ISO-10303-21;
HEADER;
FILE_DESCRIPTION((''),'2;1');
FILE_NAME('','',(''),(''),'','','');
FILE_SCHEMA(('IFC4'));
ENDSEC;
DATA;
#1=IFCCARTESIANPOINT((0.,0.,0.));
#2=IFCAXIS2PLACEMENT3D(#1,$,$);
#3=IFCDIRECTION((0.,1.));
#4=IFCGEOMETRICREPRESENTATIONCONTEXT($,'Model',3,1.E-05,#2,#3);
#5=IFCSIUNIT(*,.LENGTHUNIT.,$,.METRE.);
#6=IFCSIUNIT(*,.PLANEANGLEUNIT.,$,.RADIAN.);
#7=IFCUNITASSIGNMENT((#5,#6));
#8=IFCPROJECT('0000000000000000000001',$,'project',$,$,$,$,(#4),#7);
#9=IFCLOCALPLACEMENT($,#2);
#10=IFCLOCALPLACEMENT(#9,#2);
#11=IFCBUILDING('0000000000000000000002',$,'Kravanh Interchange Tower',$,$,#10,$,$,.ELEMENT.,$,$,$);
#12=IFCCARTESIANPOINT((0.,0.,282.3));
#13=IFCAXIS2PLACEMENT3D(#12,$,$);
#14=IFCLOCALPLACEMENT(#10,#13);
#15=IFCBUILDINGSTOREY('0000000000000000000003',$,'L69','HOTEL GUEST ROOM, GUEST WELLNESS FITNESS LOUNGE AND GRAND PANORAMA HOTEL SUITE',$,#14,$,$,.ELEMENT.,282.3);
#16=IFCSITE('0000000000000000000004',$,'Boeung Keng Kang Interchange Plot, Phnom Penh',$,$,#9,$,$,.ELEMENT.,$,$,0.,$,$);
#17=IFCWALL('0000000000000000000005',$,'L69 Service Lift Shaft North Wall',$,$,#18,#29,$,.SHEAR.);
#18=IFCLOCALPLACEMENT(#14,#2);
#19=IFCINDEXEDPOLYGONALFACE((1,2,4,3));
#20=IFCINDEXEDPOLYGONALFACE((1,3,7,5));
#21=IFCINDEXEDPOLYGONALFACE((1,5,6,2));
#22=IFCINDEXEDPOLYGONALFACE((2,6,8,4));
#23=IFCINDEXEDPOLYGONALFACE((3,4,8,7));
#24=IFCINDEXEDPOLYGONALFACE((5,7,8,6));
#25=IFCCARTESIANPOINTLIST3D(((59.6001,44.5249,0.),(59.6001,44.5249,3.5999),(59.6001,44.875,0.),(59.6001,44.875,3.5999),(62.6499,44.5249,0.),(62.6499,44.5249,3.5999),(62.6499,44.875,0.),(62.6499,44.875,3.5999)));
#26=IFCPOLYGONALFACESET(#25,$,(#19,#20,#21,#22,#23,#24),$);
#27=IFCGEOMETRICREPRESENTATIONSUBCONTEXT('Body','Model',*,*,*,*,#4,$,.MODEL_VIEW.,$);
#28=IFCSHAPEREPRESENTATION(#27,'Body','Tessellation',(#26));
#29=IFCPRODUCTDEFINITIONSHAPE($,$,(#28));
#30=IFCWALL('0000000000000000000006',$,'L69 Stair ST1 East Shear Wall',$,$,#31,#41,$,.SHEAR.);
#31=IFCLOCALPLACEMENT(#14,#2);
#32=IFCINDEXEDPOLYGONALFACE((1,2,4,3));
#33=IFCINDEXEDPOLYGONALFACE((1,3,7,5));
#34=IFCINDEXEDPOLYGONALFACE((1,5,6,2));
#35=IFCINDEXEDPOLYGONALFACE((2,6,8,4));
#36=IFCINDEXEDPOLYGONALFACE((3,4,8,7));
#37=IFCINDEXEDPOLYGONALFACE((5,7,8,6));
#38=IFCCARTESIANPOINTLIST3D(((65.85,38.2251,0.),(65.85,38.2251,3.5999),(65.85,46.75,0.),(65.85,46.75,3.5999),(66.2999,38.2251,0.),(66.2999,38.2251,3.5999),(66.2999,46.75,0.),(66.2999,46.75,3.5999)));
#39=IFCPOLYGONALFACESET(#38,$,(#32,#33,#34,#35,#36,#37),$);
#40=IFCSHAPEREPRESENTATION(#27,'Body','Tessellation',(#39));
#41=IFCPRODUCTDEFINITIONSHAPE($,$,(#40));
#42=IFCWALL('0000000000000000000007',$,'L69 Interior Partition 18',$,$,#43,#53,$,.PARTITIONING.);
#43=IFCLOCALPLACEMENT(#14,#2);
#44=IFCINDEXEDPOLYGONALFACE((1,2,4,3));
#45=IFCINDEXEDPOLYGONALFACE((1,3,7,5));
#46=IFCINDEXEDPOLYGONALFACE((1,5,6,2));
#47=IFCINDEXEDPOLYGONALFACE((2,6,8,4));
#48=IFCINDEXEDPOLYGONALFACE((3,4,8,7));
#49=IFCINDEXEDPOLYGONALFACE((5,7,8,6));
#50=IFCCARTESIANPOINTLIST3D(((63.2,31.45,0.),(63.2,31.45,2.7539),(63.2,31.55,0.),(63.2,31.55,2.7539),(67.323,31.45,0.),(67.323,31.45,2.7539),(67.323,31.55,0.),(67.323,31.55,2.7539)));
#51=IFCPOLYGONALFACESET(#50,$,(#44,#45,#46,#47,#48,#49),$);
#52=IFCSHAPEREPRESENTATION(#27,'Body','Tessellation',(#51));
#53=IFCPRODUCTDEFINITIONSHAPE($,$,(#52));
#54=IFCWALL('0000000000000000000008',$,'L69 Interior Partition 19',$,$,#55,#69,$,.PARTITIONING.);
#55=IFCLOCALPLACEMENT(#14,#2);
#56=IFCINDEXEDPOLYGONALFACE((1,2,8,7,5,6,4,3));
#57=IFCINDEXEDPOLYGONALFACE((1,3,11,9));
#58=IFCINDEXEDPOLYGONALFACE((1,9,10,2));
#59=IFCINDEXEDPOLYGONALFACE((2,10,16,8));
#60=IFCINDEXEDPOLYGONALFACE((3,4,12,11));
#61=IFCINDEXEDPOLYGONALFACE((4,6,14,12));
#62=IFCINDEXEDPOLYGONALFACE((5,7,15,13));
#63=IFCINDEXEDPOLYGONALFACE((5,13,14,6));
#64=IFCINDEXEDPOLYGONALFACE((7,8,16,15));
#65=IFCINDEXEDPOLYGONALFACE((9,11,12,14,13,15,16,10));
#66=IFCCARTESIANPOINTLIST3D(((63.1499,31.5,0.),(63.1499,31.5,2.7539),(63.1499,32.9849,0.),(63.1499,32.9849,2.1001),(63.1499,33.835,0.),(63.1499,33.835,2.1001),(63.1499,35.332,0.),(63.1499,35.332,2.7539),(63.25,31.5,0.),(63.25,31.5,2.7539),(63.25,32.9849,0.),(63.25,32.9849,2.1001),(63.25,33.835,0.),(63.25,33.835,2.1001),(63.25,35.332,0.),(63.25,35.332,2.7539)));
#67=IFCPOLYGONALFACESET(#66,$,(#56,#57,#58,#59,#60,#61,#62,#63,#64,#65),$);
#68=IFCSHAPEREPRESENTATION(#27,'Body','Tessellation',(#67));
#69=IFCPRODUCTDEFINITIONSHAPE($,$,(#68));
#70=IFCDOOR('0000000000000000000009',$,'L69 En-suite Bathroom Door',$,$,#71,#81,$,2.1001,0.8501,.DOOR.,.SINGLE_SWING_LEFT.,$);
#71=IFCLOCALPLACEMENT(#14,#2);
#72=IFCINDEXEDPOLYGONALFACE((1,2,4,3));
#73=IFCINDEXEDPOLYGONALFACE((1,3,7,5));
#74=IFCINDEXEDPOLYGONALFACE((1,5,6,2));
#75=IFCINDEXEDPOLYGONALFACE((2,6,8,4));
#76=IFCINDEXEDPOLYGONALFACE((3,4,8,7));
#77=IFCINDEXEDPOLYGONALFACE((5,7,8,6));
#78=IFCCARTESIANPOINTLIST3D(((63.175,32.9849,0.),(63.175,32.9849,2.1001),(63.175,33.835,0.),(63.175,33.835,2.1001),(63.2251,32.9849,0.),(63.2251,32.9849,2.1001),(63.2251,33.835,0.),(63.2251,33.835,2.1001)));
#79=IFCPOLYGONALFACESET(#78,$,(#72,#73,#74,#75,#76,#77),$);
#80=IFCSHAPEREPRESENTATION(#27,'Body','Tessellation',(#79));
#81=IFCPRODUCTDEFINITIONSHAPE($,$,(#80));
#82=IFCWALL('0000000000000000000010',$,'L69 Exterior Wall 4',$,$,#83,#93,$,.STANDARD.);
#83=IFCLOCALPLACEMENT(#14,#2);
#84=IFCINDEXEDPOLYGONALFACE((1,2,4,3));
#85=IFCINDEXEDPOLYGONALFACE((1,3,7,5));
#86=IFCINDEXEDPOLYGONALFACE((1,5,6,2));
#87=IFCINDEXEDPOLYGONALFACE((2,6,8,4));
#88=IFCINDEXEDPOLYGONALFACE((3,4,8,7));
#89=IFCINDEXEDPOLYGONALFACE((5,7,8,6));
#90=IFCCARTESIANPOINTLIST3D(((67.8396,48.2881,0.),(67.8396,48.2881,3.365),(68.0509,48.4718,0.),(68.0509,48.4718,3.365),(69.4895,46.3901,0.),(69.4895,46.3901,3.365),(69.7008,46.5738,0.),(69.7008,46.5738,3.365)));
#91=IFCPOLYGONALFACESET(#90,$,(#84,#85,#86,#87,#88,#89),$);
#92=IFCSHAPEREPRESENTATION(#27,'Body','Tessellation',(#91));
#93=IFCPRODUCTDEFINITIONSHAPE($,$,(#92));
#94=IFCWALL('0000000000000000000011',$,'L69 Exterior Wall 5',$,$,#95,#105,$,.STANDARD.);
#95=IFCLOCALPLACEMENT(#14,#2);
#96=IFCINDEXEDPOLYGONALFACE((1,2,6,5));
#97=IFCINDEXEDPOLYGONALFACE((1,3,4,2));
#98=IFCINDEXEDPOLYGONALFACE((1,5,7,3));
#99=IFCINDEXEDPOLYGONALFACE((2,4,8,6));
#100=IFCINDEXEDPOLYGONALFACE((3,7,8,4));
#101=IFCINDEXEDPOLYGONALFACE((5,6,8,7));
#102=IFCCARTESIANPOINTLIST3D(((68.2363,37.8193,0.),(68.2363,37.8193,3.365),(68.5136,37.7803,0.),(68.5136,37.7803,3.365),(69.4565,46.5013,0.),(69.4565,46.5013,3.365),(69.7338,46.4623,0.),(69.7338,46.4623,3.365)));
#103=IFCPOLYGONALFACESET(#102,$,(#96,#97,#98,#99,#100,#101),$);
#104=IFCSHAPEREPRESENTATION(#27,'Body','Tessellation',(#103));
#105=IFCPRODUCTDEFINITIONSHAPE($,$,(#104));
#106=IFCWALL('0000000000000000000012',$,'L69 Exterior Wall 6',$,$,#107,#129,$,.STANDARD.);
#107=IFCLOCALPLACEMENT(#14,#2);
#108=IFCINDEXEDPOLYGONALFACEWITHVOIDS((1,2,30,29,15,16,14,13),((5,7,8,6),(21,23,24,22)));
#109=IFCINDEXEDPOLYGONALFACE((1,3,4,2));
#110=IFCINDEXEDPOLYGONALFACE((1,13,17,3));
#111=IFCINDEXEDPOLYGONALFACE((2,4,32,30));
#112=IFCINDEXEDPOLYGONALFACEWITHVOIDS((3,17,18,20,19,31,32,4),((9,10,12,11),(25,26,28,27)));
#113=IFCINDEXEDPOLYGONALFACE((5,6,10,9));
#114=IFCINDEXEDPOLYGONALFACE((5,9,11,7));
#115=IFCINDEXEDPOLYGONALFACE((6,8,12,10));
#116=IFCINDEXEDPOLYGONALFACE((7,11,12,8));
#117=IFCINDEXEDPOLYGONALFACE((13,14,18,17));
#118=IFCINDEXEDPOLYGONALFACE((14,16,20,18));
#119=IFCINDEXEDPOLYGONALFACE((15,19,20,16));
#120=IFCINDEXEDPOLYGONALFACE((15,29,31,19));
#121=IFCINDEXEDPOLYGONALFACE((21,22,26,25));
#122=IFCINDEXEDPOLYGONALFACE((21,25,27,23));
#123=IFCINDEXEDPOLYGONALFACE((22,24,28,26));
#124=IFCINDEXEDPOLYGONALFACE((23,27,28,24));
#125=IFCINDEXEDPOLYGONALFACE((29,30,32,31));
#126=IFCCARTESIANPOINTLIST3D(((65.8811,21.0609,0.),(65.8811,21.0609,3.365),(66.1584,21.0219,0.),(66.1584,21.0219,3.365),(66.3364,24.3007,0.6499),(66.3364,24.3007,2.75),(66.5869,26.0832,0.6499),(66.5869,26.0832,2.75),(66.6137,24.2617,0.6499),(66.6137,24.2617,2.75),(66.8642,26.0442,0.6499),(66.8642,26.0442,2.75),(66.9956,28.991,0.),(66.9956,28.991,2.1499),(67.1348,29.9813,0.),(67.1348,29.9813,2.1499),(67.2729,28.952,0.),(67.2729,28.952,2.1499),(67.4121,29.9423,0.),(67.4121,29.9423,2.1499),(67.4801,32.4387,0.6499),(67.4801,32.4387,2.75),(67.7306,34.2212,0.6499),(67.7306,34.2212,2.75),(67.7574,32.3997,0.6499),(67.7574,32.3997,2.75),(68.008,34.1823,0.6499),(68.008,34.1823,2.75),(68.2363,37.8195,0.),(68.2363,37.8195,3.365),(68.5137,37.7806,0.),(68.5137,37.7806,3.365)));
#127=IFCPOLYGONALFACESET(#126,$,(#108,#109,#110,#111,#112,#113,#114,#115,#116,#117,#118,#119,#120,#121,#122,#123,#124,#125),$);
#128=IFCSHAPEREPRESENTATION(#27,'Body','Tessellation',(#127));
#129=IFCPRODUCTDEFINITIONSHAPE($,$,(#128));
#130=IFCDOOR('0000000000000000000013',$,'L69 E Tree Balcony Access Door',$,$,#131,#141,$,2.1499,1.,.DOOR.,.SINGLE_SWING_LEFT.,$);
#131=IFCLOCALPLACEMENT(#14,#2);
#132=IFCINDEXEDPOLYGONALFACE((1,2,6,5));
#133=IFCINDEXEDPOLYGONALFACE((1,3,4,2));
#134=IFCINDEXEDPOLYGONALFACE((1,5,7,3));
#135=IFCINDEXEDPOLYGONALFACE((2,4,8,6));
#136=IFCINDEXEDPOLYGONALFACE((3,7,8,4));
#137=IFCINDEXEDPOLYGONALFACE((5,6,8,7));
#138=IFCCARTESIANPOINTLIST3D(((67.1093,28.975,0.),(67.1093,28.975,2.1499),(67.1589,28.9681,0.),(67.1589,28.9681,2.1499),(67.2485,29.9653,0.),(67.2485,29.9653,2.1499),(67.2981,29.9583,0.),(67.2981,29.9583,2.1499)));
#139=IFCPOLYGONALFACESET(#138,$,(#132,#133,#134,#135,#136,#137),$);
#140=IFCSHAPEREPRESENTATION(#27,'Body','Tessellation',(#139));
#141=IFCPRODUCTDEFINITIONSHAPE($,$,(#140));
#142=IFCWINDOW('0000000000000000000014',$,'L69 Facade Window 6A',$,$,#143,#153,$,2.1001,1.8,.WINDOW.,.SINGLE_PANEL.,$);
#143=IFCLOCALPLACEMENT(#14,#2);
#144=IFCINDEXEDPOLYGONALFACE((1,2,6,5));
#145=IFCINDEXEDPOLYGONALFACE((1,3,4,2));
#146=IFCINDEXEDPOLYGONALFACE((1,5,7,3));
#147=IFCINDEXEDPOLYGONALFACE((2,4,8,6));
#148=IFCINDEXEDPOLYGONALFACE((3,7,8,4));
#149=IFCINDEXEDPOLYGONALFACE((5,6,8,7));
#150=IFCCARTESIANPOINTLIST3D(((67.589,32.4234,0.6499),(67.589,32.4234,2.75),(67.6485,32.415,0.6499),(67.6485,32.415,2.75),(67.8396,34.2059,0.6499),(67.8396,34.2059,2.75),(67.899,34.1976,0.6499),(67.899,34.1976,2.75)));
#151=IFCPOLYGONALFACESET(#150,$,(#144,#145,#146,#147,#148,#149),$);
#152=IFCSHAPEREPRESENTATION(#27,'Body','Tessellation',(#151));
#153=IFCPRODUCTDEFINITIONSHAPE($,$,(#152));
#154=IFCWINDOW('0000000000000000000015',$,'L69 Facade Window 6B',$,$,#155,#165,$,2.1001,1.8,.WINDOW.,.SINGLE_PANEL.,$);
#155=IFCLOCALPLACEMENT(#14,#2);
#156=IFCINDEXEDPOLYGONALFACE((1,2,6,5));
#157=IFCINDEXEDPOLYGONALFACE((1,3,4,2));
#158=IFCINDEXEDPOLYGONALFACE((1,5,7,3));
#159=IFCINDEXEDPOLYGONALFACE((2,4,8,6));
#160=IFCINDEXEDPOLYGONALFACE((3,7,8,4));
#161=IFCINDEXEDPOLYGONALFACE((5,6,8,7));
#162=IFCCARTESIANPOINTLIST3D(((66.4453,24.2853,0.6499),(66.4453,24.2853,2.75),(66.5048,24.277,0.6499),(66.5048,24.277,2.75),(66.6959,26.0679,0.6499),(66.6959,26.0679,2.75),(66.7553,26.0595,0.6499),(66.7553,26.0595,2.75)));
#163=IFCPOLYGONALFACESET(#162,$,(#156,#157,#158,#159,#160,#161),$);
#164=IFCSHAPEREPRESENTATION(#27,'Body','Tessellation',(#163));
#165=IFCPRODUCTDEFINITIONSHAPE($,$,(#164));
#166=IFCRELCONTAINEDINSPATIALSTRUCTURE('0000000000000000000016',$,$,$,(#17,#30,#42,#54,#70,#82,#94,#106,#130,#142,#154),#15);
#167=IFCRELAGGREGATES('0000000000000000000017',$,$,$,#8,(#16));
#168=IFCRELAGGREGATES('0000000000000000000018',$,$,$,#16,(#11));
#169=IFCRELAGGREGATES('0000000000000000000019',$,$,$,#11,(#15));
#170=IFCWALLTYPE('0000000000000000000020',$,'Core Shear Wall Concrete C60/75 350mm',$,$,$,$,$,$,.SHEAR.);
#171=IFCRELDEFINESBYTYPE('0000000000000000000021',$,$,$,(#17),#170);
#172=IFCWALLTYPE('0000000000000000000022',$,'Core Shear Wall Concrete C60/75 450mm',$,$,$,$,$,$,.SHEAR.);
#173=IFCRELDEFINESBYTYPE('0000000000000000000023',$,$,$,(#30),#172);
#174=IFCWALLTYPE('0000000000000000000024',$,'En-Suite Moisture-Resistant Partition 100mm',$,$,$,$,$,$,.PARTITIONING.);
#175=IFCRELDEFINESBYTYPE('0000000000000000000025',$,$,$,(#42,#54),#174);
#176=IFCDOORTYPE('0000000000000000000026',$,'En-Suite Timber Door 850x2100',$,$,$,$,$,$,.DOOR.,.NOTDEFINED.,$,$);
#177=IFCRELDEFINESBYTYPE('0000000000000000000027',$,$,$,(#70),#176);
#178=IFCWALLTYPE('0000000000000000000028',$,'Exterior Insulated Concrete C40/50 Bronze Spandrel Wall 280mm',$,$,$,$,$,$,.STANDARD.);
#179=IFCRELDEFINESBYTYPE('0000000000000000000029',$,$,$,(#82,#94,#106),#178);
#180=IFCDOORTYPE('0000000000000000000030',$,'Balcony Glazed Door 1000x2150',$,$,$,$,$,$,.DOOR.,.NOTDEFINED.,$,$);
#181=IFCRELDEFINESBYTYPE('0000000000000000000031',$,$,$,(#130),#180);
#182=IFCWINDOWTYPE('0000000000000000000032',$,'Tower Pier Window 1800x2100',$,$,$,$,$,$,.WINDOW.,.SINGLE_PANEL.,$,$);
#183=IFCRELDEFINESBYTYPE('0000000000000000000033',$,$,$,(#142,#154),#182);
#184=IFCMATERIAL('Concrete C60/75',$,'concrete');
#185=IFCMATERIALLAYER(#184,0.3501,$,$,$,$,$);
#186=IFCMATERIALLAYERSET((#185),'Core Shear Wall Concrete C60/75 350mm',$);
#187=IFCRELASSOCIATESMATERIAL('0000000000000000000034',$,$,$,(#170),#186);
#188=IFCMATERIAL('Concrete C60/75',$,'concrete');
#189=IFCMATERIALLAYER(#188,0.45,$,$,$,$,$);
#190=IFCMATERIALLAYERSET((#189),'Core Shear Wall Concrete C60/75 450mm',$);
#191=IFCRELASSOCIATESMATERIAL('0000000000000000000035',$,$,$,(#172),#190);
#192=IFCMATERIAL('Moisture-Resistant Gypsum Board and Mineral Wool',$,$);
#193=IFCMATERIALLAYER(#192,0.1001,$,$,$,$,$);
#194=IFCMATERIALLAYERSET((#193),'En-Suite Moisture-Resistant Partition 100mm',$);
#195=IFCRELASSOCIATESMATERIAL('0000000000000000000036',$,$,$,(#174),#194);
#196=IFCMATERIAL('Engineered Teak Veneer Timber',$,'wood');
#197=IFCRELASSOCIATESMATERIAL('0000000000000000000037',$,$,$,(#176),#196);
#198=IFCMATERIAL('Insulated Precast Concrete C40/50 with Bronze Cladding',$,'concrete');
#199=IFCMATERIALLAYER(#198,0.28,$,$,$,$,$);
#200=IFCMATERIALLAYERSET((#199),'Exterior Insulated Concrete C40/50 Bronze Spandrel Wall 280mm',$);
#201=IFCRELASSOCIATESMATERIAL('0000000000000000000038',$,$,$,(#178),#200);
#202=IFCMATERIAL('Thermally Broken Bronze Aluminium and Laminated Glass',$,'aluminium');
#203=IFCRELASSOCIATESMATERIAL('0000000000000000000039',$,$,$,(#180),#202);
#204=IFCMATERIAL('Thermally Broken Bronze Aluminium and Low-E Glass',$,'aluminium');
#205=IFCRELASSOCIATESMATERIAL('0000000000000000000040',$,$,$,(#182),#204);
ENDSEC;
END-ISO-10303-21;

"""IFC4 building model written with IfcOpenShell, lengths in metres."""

from ifc_helpers import new_model, si_unit, direction, frame, frame_2d, origin, place, context, subcontext, project, spatial, rectangle, extrude, material, layer, layer_set, type_object, element, fill, save


model = new_model("IFC4")

# Units and contexts
model_context = context("Model", 3, precision=1e-05, world=origin(), true_north=direction((0.0, 1.0)))
body_context = subcontext(model_context, "Body", "Model", "MODEL_VIEW")
ifc_project = project(units=[si_unit("LENGTHUNIT", "METRE"), si_unit("PLANEANGLEUNIT", "RADIAN")], contexts=[model_context])

# Site, building, storey
site_placement = place(None, origin())
site = spatial("IfcSite", under=ifc_project, at=site_placement, Name="Boeung Keng Kang Interchange Plot, Phnom Penh", CompositionType="ELEMENT", RefElevation=0.0)
building_placement = place(site_placement, origin())
building = spatial("IfcBuilding", under=site, at=building_placement, Name="Kravanh Interchange Tower", CompositionType="ELEMENT")
storey_placement = place(building_placement, frame((0.0, 0.0, 282.3)))
storey = spatial("IfcBuildingStorey", under=building, at=storey_placement, Name="L69", Description="HOTEL GUEST ROOM, GUEST WELLNESS FITNESS LOUNGE AND GRAND PANORAMA HOTEL SUITE", CompositionType="ELEMENT", Elevation=282.3)

# Shared definitions
ifc_material_1 = material(Name="Concrete C60/75", Category="concrete")
ifc_layer_1 = layer(ifc_material_1, 0.3501)
ifc_layer_set_1 = layer_set([ifc_layer_1], Name="Core Shear Wall Concrete C60/75 350mm")
wall_type_1 = type_object("IfcWallType", Name="Core Shear Wall Concrete C60/75 350mm", PredefinedType="SHEAR", material=ifc_layer_set_1)

# Walls
wall_1_placement = place(storey_placement, frame((59.6001, 44.7, 0.0), z_axis=(0.0, 0.0, 1.0), x_axis=(1.0, 0.0, 0.0)))
element("IfcWall", 1, at=wall_1_placement, inside=storey, type_object=wall_type_1, Name="L69 Service Lift Shaft North Wall", PredefinedType="SHEAR", context=body_context, shape_type="SweptSolid", body=[
    extrude(rectangle(XDim=3.0498, YDim=0.3501, at=frame_2d((1.5249, 0.0))), origin(), (0.0, 0.0, 1.0), 3.5999),
])
ifc_material_2 = material(Name="Concrete C60/75", Category="concrete")
ifc_layer_2 = layer(ifc_material_2, 0.45)
ifc_layer_set_2 = layer_set([ifc_layer_2], Name="Core Shear Wall Concrete C60/75 450mm")
wall_type_2 = type_object("IfcWallType", Name="Core Shear Wall Concrete C60/75 450mm", PredefinedType="SHEAR", material=ifc_layer_set_2)
wall_2_placement = place(storey_placement, frame((66.075, 38.2251, 0.0), z_axis=(0.0, 0.0, 1.0), x_axis=(0.0, 1.0, 0.0)))
element("IfcWall", 2, at=wall_2_placement, inside=storey, type_object=wall_type_2, Name="L69 Stair ST1 East Shear Wall", PredefinedType="SHEAR", context=body_context, shape_type="SweptSolid", body=[
    extrude(rectangle(XDim=8.5249, YDim=0.45, at=frame_2d((4.2625, 0.0))), origin(), (0.0, 0.0, 1.0), 3.5999),
])
ifc_material_3 = material(Name="Moisture-Resistant Gypsum Board and Mineral Wool")
ifc_layer_3 = layer(ifc_material_3, 0.1001)
ifc_layer_set_3 = layer_set([ifc_layer_3], Name="En-Suite Moisture-Resistant Partition 100mm")
wall_type_3 = type_object("IfcWallType", Name="En-Suite Moisture-Resistant Partition 100mm", PredefinedType="PARTITIONING", material=ifc_layer_set_3)
wall_3_placement = place(storey_placement, frame((63.2, 31.5, 0.0), z_axis=(0.0, 0.0, 1.0), x_axis=(1.0, 0.0, 0.0)))
element("IfcWall", 3, at=wall_3_placement, inside=storey, type_object=wall_type_3, Name="L69 Interior Partition 18", PredefinedType="PARTITIONING", context=body_context, shape_type="SweptSolid", body=[
    extrude(rectangle(XDim=4.123, YDim=0.1001, at=frame_2d((2.0615, 0.0))), origin(), (0.0, 0.0, 1.0), 2.7539),
])

# Wall, opening, door
wall_4_placement = place(storey_placement, frame((63.2, 31.5, 0.0), z_axis=(0.0, 0.0, 1.0), x_axis=(0.0, 1.0, 0.0)))
wall_4 = element("IfcWall", 4, at=wall_4_placement, inside=storey, type_object=wall_type_3, Name="L69 Interior Partition 19", PredefinedType="PARTITIONING", context=body_context, shape_type="SweptSolid", body=[
    extrude(rectangle(XDim=3.832, YDim=0.1001, at=frame_2d((1.916, 0.0))), origin(), (0.0, 0.0, 1.0), 2.7539),
])
opening_1_placement = place(wall_4_placement, frame((1.4849, 0.0, 0.0)))
opening_1 = element("IfcOpeningElement", 5, at=opening_1_placement, cuts=wall_4, PredefinedType="OPENING", context=body_context, shape_type="SweptSolid", body=[
    extrude(rectangle(XDim=0.8501, YDim=2.1001, at=frame_2d((0.425, 1.05))), frame((0.0, 0.0601, 0.0), z_axis=(0.0, -1.0, 0.0), x_axis=(1.0, 0.0, 0.0)), (0.0, 0.0, 1.0), 0.1201),
])
ifc_material_4 = material(Name="Engineered Teak Veneer Timber", Category="wood")
door_type_1 = type_object("IfcDoorType", Name="En-Suite Timber Door 850x2100", OperationType="NOTDEFINED", PredefinedType="DOOR", material=ifc_material_4)
door_1_placement = place(opening_1_placement, origin())
door_1 = element("IfcDoor", 6, at=door_1_placement, inside=storey, type_object=door_type_1, Name="L69 En-suite Bathroom Door", OperationType="SINGLE_SWING_LEFT", OverallHeight=2.1001, OverallWidth=0.8501, PredefinedType="DOOR", context=body_context, shape_type="SweptSolid", body=[
    extrude(rectangle(XDim=0.8501, YDim=2.1001, at=frame_2d((0.425, 1.05))), frame((0.0, 0.0249, 0.0), z_axis=(0.0, -1.0, 0.0), x_axis=(1.0, 0.0, 0.0)), (0.0, 0.0, 1.0), 0.05),
])
fill(opening_1, door_1)

# Walls
ifc_material_5 = material(Name="Insulated Precast Concrete C40/50 with Bronze Cladding", Category="concrete")
ifc_layer_4 = layer(ifc_material_5, 0.28)
ifc_layer_set_4 = layer_set([ifc_layer_4], Name="Exterior Insulated Concrete C40/50 Bronze Spandrel Wall 280mm")
wall_type_4 = type_object("IfcWallType", Name="Exterior Insulated Concrete C40/50 Bronze Spandrel Wall 280mm", PredefinedType="STANDARD", material=ifc_layer_set_4)
wall_5_placement = place(storey_placement, frame((67.9453, 48.3799, 0.0), z_axis=(0.0, 0.0, 1.0), x_axis=(0.656068, -0.754702, 0.0)))
element("IfcWall", 7, at=wall_5_placement, inside=storey, type_object=wall_type_4, Name="L69 Exterior Wall 4", PredefinedType="STANDARD", context=body_context, shape_type="SweptSolid", body=[
    extrude(rectangle(XDim=2.5149, YDim=0.28, at=frame_2d((1.2573, 0.0))), origin(), (0.0, 0.0, 1.0), 3.365),
])
wall_6_placement = place(storey_placement, frame((69.5952, 46.4819, 0.0), z_axis=(0.0, 0.0, 1.0), x_axis=(-0.139179, -0.990267, 0.0)))
element("IfcWall", 8, at=wall_6_placement, inside=storey, type_object=wall_type_4, Name="L69 Exterior Wall 5", PredefinedType="STANDARD", context=body_context, shape_type="SweptSolid", body=[
    extrude(rectangle(XDim=8.7673, YDim=0.28, at=frame_2d((4.3838, 0.0))), origin(), (0.0, 0.0, 1.0), 3.365),
])

# Wall, openings, door, windows
wall_7_placement = place(storey_placement, frame((68.375, 37.8, 0.0), z_axis=(0.0, 0.0, 1.0), x_axis=(-0.139171, -0.990268, 0.0)))
wall_7 = element("IfcWall", 9, at=wall_7_placement, inside=storey, type_object=wall_type_4, Name="L69 Exterior Wall 6", PredefinedType="STANDARD", context=body_context, shape_type="SweptSolid", body=[
    extrude(rectangle(XDim=16.9233, YDim=0.28, at=frame_2d((8.4617, 0.0))), origin(), (0.0, 0.0, 1.0), 3.365),
])
opening_2_placement = place(wall_7_placement, frame((7.9153, 0.0, 0.0)))
opening_2 = element("IfcOpeningElement", 10, at=opening_2_placement, cuts=wall_7, PredefinedType="OPENING", context=body_context, shape_type="SweptSolid", body=[
    extrude(rectangle(XDim=1.0, YDim=2.1499, at=frame_2d((0.5, 1.075))), frame((0.0, 0.1499, 0.0), z_axis=(0.0, -1.0, 0.0), x_axis=(1.0, 0.0, 0.0)), (0.0, 0.0, 1.0), 0.3),
])
opening_3_placement = place(wall_7_placement, frame((3.6338, 0.0, 0.6499)))
opening_3 = element("IfcOpeningElement", 11, at=opening_3_placement, cuts=wall_7, PredefinedType="OPENING", context=body_context, shape_type="SweptSolid", body=[
    extrude(rectangle(XDim=1.8, YDim=2.1001, at=frame_2d((0.8999, 1.05))), frame((0.0, 0.1499, 0.0), z_axis=(0.0, -1.0, 0.0), x_axis=(1.0, 0.0, 0.0)), (0.0, 0.0, 1.0), 0.3),
])
opening_4_placement = place(wall_7_placement, frame((11.8518, 0.0, 0.6499)))
opening_4 = element("IfcOpeningElement", 12, at=opening_4_placement, cuts=wall_7, PredefinedType="OPENING", context=body_context, shape_type="SweptSolid", body=[
    extrude(rectangle(XDim=1.8, YDim=2.1001, at=frame_2d((0.8999, 1.05))), frame((0.0, 0.1499, 0.0), z_axis=(0.0, -1.0, 0.0), x_axis=(1.0, 0.0, 0.0)), (0.0, 0.0, 1.0), 0.3),
])
ifc_material_6 = material(Name="Thermally Broken Bronze Aluminium and Laminated Glass", Category="aluminium")
door_type_2 = type_object("IfcDoorType", Name="Balcony Glazed Door 1000x2150", OperationType="NOTDEFINED", PredefinedType="DOOR", material=ifc_material_6)
door_2_placement = place(opening_2_placement, origin())
door_2 = element("IfcDoor", 13, at=door_2_placement, inside=storey, type_object=door_type_2, Name="L69 E Tree Balcony Access Door", OperationType="SINGLE_SWING_LEFT", OverallHeight=2.1499, OverallWidth=1.0, PredefinedType="DOOR", context=body_context, shape_type="SweptSolid", body=[
    extrude(rectangle(XDim=1.0, YDim=2.1499, at=frame_2d((0.5, 1.075))), frame((0.0, 0.0249, 0.0), z_axis=(0.0, -1.0, 0.0), x_axis=(1.0, 0.0, 0.0)), (0.0, 0.0, 1.0), 0.05),
])
fill(opening_2, door_2)
ifc_material_7 = material(Name="Thermally Broken Bronze Aluminium and Low-E Glass", Category="aluminium")
window_type = type_object("IfcWindowType", Name="Tower Pier Window 1800x2100", PartitioningType="SINGLE_PANEL", PredefinedType="WINDOW", material=ifc_material_7)
window_1_placement = place(opening_3_placement, origin())
window_1 = element("IfcWindow", 14, at=window_1_placement, inside=storey, type_object=window_type, Name="L69 Facade Window 6A", OverallHeight=2.1001, OverallWidth=1.8, PartitioningType="SINGLE_PANEL", PredefinedType="WINDOW", context=body_context, shape_type="SweptSolid", body=[
    extrude(rectangle(XDim=1.8, YDim=2.1001, at=frame_2d((0.8999, 1.05))), frame((0.0, 0.03, 0.0), z_axis=(0.0, -1.0, 0.0), x_axis=(1.0, 0.0, 0.0)), (0.0, 0.0, 1.0), 0.0601),
])
fill(opening_3, window_1)
window_2_placement = place(opening_4_placement, origin())
window_2 = element("IfcWindow", 15, at=window_2_placement, inside=storey, type_object=window_type, Name="L69 Facade Window 6B", OverallHeight=2.1001, OverallWidth=1.8, PartitioningType="SINGLE_PANEL", PredefinedType="WINDOW", context=body_context, shape_type="SweptSolid", body=[
    extrude(rectangle(XDim=1.8, YDim=2.1001, at=frame_2d((0.8999, 1.05))), frame((0.0, 0.03, 0.0), z_axis=(0.0, -1.0, 0.0), x_axis=(1.0, 0.0, 0.0)), (0.0, 0.0, 1.0), 0.0601),
])
fill(opening_4, window_2)

save(model, "model.ifc")
